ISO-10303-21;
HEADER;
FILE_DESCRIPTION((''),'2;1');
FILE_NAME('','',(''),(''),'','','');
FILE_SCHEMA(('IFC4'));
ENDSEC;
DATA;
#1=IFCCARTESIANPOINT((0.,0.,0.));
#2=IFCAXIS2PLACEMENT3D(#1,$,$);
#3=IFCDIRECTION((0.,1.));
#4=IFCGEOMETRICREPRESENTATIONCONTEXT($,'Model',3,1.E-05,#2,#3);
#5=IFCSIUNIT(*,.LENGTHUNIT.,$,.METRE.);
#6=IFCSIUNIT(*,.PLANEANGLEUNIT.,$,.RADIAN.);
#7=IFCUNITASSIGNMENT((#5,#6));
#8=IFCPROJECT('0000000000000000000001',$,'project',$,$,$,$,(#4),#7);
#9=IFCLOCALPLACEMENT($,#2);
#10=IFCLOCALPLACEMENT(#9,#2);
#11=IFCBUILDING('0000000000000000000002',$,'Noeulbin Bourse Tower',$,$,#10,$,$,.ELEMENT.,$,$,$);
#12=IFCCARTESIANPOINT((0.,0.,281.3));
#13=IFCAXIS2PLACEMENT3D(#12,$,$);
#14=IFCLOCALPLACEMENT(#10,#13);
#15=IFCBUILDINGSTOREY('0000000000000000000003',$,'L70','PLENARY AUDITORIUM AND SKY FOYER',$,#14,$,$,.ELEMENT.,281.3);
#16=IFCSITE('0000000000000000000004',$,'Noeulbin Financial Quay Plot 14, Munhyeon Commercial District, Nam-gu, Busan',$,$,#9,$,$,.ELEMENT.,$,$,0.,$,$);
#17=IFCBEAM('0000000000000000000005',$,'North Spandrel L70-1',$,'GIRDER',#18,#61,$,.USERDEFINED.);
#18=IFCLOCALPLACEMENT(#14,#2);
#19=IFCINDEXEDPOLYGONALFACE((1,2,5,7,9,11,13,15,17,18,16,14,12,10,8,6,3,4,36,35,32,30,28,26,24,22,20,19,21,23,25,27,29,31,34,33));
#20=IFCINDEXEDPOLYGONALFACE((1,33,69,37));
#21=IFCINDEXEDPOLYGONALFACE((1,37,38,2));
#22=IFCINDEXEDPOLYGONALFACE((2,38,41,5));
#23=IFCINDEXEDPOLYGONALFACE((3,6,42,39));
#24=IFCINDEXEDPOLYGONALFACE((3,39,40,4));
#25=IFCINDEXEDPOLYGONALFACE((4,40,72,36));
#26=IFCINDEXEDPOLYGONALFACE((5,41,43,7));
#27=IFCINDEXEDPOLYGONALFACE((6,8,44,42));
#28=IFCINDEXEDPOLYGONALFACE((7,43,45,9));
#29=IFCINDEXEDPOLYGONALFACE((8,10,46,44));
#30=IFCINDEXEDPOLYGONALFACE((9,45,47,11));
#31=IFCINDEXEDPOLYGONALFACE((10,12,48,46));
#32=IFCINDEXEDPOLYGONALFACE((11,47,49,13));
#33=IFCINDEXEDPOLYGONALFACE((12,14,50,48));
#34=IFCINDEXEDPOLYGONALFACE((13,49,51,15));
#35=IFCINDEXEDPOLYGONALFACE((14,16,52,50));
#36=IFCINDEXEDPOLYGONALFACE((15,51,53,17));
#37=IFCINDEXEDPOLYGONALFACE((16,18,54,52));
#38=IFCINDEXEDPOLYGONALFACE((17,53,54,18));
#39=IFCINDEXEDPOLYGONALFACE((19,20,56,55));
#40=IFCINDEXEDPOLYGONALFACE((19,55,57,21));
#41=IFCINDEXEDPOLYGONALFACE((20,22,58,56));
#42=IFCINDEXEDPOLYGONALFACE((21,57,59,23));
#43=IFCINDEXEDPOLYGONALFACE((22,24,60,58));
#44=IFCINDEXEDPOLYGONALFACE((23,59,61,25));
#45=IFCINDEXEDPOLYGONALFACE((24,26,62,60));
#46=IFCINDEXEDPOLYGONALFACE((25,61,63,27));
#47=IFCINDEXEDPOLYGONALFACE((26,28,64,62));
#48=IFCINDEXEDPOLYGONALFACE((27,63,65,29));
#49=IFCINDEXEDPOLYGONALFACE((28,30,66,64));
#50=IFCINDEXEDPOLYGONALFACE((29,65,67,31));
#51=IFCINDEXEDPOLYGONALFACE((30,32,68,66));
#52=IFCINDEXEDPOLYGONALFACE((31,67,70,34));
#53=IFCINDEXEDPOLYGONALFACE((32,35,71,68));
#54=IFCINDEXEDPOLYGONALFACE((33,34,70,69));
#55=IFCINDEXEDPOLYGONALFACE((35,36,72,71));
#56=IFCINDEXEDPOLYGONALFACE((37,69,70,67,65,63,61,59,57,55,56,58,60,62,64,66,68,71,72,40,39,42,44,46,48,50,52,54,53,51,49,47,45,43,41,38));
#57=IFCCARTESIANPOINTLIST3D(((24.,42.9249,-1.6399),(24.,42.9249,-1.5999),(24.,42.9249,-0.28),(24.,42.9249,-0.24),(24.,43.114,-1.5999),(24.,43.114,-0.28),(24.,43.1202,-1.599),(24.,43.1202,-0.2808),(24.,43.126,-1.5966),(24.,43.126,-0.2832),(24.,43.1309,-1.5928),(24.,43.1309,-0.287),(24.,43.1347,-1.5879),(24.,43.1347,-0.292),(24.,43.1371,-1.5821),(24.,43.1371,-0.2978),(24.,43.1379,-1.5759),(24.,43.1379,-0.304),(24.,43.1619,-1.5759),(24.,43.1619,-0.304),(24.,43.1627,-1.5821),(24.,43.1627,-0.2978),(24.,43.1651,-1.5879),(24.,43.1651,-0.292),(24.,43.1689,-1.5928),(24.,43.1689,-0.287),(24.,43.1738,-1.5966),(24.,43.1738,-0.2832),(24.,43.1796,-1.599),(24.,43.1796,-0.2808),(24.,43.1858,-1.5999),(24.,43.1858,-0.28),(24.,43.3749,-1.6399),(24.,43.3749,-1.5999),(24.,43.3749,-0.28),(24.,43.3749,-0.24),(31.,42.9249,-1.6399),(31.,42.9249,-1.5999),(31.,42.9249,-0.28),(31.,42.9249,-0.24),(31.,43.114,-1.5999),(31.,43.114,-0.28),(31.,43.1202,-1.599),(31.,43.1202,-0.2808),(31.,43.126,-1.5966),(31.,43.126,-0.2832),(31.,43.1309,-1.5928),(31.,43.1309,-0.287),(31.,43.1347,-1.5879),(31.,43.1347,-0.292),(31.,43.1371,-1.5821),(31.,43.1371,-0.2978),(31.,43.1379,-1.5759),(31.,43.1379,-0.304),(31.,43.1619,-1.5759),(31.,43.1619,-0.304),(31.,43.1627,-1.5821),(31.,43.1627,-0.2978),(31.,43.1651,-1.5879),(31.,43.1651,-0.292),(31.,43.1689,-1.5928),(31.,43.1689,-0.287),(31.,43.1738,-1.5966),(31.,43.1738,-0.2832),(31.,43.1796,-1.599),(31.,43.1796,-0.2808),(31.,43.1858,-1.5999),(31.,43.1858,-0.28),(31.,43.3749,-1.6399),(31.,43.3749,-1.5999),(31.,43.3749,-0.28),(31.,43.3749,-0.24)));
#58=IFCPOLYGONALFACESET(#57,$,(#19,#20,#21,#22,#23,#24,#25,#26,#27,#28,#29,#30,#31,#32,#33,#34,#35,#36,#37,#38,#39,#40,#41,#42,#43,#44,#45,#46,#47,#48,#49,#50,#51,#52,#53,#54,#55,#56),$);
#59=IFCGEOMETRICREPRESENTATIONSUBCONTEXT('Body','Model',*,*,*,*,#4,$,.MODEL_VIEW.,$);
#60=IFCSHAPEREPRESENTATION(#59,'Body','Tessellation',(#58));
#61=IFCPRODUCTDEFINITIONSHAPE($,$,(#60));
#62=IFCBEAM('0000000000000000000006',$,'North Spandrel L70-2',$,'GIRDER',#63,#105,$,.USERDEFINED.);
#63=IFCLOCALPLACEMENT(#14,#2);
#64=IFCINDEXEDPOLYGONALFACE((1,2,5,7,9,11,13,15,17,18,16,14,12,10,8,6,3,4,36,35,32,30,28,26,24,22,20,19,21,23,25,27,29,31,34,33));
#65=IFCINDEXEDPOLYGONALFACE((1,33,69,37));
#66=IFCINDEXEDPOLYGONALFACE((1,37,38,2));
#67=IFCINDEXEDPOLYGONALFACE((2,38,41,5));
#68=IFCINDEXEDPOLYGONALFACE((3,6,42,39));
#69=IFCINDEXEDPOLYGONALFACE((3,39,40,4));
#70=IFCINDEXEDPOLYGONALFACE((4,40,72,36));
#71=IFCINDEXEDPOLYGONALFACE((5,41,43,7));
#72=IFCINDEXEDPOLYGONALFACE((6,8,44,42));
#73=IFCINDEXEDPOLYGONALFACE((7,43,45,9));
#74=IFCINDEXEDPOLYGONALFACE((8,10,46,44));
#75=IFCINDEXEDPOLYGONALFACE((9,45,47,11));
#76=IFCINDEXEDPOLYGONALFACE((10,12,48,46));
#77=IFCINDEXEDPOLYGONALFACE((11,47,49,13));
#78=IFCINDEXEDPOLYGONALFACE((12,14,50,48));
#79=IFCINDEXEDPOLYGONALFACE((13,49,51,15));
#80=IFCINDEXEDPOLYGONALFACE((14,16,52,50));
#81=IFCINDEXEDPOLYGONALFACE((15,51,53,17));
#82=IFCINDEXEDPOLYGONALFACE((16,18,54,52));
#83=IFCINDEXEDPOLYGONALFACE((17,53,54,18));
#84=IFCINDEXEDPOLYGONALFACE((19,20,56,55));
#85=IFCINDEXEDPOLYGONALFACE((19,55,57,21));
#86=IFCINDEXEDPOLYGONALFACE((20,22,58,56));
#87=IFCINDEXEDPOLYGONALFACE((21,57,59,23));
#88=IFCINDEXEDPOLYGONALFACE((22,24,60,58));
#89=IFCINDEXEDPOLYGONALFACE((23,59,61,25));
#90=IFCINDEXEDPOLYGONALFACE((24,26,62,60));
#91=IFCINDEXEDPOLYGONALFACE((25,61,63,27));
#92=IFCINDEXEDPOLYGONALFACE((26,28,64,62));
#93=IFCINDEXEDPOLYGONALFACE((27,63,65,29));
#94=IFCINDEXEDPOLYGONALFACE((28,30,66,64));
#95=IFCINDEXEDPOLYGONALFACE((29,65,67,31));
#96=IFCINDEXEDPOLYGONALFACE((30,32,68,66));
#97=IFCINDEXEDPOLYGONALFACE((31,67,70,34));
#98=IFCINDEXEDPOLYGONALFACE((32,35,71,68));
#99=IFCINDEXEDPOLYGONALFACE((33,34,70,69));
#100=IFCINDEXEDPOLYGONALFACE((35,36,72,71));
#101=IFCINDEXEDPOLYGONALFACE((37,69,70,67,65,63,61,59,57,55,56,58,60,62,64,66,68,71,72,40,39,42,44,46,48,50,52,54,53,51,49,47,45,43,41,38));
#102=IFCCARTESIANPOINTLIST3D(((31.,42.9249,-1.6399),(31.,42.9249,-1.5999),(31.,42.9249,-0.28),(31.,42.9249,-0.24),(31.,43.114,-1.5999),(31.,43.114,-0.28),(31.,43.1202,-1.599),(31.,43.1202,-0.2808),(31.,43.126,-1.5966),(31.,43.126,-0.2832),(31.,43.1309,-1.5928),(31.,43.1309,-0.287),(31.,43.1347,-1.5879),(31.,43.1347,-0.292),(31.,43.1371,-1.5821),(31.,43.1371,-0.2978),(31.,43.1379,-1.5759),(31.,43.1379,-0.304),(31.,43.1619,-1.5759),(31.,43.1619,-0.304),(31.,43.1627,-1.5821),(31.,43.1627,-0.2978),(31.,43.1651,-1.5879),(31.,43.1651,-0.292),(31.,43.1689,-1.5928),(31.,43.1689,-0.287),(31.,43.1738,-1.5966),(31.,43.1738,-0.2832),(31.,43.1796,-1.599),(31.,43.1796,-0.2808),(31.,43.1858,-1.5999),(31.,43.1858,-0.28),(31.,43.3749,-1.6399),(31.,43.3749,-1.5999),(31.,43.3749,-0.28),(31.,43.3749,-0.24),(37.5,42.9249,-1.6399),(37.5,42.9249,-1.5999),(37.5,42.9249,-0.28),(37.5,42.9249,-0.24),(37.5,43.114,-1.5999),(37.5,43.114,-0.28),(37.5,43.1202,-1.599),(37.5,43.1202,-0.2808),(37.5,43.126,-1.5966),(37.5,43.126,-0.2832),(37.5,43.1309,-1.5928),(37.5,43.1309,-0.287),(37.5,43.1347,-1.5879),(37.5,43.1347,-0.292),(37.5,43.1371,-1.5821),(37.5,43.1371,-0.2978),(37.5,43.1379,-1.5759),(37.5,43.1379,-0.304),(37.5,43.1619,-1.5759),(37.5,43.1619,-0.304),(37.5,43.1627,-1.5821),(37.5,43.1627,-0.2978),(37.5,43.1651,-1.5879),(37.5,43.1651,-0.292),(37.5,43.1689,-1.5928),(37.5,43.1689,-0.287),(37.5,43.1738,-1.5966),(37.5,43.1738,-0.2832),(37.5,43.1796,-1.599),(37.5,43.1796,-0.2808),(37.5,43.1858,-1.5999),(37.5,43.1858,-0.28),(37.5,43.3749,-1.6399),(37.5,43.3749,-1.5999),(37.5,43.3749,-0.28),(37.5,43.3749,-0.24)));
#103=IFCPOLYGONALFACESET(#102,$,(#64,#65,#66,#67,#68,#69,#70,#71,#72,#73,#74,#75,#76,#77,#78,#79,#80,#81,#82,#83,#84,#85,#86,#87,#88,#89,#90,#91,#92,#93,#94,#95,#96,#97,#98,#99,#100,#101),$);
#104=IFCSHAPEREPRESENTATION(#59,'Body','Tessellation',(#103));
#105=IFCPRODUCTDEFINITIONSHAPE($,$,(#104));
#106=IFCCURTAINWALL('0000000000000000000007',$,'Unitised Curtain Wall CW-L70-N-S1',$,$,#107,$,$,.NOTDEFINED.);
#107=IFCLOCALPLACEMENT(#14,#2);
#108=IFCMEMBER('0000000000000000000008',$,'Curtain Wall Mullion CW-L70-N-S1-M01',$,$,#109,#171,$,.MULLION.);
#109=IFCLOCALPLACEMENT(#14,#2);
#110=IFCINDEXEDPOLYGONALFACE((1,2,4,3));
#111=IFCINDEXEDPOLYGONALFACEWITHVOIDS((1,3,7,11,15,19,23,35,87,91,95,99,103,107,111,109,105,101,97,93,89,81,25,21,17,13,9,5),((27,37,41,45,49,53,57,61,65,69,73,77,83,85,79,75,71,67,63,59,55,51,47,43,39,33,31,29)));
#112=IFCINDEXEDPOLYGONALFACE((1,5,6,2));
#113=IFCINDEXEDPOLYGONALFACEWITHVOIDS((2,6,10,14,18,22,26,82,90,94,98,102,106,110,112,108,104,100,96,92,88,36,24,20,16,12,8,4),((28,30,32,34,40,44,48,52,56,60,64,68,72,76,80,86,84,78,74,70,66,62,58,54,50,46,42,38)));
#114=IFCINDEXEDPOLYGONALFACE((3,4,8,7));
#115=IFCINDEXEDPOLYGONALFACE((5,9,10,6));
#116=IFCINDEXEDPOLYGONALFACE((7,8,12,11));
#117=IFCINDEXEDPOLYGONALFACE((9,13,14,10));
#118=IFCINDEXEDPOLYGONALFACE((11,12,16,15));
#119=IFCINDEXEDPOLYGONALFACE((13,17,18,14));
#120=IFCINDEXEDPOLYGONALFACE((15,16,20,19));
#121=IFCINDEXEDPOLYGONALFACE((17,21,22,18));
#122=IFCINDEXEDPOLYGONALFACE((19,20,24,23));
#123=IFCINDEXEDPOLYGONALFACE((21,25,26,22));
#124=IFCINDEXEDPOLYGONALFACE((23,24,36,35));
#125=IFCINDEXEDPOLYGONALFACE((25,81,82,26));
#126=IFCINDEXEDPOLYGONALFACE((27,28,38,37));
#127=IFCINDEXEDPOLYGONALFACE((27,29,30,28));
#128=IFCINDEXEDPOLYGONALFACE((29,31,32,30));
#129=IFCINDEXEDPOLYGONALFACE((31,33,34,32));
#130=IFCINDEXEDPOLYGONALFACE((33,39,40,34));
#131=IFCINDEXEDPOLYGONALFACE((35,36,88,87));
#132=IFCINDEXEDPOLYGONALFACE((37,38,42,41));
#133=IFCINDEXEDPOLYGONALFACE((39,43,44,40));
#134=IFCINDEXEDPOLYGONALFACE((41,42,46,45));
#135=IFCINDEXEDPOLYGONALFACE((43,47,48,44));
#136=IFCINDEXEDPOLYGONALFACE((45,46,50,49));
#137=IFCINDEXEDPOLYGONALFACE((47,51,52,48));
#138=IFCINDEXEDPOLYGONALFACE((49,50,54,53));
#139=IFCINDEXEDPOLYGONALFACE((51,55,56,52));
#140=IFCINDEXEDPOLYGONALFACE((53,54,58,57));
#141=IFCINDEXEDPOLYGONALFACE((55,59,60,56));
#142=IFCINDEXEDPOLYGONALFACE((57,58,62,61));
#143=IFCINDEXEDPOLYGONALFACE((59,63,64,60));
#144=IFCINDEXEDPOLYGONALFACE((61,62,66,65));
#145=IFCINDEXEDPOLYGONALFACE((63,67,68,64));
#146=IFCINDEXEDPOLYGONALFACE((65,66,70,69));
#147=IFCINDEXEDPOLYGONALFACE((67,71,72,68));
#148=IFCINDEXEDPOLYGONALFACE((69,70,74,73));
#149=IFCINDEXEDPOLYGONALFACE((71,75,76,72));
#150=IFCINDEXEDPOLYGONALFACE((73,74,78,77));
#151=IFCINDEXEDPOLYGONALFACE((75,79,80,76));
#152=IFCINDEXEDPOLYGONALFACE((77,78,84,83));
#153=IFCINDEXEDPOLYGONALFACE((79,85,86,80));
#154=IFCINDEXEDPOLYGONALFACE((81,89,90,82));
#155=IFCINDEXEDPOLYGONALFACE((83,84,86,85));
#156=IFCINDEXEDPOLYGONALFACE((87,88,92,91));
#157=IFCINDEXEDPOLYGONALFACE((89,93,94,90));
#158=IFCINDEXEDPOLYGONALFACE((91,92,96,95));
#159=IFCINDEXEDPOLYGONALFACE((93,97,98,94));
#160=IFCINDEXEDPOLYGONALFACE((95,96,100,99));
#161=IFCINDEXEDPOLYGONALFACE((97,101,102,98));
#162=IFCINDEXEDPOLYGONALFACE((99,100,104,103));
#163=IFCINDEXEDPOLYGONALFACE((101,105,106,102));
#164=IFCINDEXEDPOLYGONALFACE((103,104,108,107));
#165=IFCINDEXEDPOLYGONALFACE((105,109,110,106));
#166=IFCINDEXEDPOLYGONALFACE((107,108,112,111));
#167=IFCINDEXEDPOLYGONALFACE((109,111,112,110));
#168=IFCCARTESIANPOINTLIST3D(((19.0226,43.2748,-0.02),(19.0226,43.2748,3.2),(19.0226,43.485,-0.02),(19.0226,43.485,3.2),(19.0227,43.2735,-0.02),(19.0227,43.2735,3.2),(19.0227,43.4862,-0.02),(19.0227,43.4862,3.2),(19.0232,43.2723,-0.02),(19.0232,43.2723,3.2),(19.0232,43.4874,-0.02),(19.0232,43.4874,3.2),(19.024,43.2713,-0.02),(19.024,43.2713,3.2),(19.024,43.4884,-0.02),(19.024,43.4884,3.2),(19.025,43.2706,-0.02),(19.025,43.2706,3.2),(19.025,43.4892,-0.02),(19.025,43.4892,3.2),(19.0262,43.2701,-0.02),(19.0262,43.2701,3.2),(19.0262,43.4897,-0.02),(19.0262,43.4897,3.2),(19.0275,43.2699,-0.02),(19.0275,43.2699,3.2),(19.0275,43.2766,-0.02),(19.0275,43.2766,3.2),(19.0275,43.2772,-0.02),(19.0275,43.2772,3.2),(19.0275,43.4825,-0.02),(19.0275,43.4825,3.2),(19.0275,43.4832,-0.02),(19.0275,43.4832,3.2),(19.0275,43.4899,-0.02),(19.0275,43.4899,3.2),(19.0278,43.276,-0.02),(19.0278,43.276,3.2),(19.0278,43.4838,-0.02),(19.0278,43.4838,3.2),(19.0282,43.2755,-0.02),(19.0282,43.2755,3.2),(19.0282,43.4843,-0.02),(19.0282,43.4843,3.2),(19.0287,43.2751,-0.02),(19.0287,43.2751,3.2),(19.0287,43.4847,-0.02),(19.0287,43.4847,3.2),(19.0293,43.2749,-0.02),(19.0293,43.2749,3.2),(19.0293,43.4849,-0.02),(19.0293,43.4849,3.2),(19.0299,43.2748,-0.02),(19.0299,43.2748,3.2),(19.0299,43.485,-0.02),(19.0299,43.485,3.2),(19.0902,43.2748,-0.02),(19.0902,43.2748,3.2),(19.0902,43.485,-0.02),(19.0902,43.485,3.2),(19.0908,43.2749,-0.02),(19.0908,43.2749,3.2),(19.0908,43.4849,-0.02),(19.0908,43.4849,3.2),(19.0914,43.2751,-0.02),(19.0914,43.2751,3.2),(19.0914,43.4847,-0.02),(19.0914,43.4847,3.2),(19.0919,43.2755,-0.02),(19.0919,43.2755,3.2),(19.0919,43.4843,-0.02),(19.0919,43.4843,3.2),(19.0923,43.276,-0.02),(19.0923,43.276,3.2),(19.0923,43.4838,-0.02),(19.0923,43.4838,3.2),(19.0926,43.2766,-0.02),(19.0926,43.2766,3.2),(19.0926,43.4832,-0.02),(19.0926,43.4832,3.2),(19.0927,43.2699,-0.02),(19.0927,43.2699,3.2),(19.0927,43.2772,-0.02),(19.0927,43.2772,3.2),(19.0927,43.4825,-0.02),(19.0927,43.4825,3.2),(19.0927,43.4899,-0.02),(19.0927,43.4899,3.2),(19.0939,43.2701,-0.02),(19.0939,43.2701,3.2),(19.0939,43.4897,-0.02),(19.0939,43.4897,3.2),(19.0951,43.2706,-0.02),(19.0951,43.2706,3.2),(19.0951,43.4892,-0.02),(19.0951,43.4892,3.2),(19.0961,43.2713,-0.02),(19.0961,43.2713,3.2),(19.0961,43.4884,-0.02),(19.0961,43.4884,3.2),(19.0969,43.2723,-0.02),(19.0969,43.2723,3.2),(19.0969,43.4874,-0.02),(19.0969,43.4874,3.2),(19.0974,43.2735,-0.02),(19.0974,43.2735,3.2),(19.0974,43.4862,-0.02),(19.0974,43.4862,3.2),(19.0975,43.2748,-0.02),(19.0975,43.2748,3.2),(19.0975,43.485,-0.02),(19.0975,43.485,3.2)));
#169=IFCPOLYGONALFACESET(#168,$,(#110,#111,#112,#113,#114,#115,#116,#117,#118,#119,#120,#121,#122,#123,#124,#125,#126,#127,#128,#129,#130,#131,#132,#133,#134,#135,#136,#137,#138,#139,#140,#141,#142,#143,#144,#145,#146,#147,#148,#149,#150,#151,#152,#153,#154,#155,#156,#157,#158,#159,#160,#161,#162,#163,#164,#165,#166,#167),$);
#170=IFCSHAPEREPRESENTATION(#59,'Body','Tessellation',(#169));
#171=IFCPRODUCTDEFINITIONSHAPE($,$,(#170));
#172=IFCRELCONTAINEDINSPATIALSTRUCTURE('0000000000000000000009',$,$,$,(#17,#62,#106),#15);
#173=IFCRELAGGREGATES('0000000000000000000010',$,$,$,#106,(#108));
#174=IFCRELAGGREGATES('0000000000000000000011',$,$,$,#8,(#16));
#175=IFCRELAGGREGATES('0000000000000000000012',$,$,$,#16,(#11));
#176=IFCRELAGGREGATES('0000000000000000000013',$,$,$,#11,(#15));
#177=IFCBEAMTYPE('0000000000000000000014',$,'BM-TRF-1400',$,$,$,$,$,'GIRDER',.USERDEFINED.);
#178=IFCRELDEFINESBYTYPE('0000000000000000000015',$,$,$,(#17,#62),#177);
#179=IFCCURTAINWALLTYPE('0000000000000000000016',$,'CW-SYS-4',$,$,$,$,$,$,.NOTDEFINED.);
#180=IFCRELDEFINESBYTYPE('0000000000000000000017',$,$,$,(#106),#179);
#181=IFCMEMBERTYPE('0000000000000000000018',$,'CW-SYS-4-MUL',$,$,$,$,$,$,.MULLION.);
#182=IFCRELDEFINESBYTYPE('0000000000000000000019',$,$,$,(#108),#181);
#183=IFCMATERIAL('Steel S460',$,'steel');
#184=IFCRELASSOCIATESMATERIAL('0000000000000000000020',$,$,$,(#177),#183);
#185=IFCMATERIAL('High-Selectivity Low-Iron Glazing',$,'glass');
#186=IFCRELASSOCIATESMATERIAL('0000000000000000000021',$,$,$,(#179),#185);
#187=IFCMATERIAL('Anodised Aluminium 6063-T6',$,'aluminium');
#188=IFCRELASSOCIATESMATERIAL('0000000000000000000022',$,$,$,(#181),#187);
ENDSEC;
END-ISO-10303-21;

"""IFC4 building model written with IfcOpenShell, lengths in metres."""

from ifc_helpers import new_model, si_unit, direction, frame, origin, origin_2d, place, context, subcontext, project, spatial, hollow_rectangle, i_section, extrude, material, material_profile, profile_set, type_object, element, aggregate, save


model = new_model("IFC4")

# Units and contexts
model_context = context("Model", 3, precision=1e-05, world=origin(), true_north=direction((0.0, 1.0)))
body_context = subcontext(model_context, "Body", "Model", "MODEL_VIEW")
ifc_project = project(units=[si_unit("LENGTHUNIT", "METRE"), si_unit("PLANEANGLEUNIT", "RADIAN")], contexts=[model_context])

# Site, building, storey
site_placement = place(None, origin())
site = spatial("IfcSite", under=ifc_project, at=site_placement, Name="Noeulbin Financial Quay Plot 14, Munhyeon Commercial District, Nam-gu, Busan", CompositionType="ELEMENT", RefElevation=0.0)
building_placement = place(site_placement, origin())
building = spatial("IfcBuilding", under=site, at=building_placement, Name="Noeulbin Bourse Tower", CompositionType="ELEMENT")
storey_placement = place(building_placement, frame((0.0, 0.0, 281.3)))
storey = spatial("IfcBuildingStorey", under=building, at=storey_placement, Name="L70", Description="PLENARY AUDITORIUM AND SKY FOYER", CompositionType="ELEMENT", Elevation=281.3)

# Beams
ifc_material_1 = material(Name="Steel S460", Category="steel")
ifc_material_profile_1 = material_profile(ifc_material_1, i_section(OverallWidth=0.45, OverallDepth=1.3999, WebThickness=0.0239, FlangeThickness=0.04, FilletRadius=0.0239, at=origin_2d()), Name="PG-1400x450x24x40", Category="LoadBearing")
ifc_profile_set_1 = profile_set([ifc_material_profile_1], Name="Steel S460")
beam_type_1 = type_object("IfcBeamType", Name="BM-TRF-1400", ElementType="GIRDER", PredefinedType="USERDEFINED", material=ifc_profile_set_1)
beam_1_placement = place(storey_placement, frame((24.0, 43.1499, -0.9399), z_axis=(1.0, 0.0, 0.0), x_axis=(0.0, 1.0, 0.0)))
element("IfcBeam", 1, at=beam_1_placement, inside=storey, type_object=beam_type_1, Name="North Spandrel L70-1", ObjectType="GIRDER", PredefinedType="USERDEFINED", context=body_context, shape_type="SweptSolid", body=[
    extrude(i_section(OverallWidth=0.45, OverallDepth=1.3999, WebThickness=0.0239, FlangeThickness=0.04, FilletRadius=0.0239, at=origin_2d()), origin(), (0.0, 0.0, 1.0), 7.0),
])
beam_2_placement = place(storey_placement, frame((31.0, 43.1499, -0.9399), z_axis=(1.0, 0.0, 0.0), x_axis=(0.0, 1.0, 0.0)))
element("IfcBeam", 2, at=beam_2_placement, inside=storey, type_object=beam_type_1, Name="North Spandrel L70-2", ObjectType="GIRDER", PredefinedType="USERDEFINED", context=body_context, shape_type="SweptSolid", body=[
    extrude(i_section(OverallWidth=0.45, OverallDepth=1.3999, WebThickness=0.0239, FlangeThickness=0.04, FilletRadius=0.0239, at=origin_2d()), origin(), (0.0, 0.0, 1.0), 6.5),
])

# Curtain wall, member
ifc_material_2 = material(Name="High-Selectivity Low-Iron Glazing", Category="glass")
curtain_wall_type = type_object("IfcCurtainWallType", Name="CW-SYS-4", PredefinedType="NOTDEFINED", material=ifc_material_2)
curtain_wall_1_placement = place(storey_placement, origin())
curtain_wall_1 = element("IfcCurtainWall", 3, at=curtain_wall_1_placement, inside=storey, type_object=curtain_wall_type, Name="Unitised Curtain Wall CW-L70-N-S1", PredefinedType="NOTDEFINED")
ifc_material_3 = material(Name="Anodised Aluminium 6063-T6", Category="aluminium")
ifc_material_profile_2 = material_profile(ifc_material_3, hollow_rectangle(XDim=0.075, YDim=0.22, WallThickness=0.0049, InnerFilletRadius=0.0024, OuterFilletRadius=0.0049, at=origin_2d()), Name="ALU-MULL-75x220x5", Category="LoadBearing")
ifc_profile_set_2 = profile_set([ifc_material_profile_2], Name="Anodised Aluminium 6063-T6")
member_type_1 = type_object("IfcMemberType", Name="CW-SYS-4-MUL", PredefinedType="MULLION", material=ifc_profile_set_2)
member_1_placement = place(storey_placement, frame((19.0601, 43.3799, -0.02), z_axis=(0.0, 0.0, 1.0), x_axis=(1.0, 0.0, 0.0)))
member_1 = element("IfcMember", 4, at=member_1_placement, type_object=member_type_1, Name="Curtain Wall Mullion CW-L70-N-S1-M01", PredefinedType="MULLION", context=body_context, shape_type="SweptSolid", body=[
    extrude(hollow_rectangle(XDim=0.075, YDim=0.22, WallThickness=0.0049, InnerFilletRadius=0.0024, OuterFilletRadius=0.0049, at=origin_2d()), origin(), (0.0, 0.0, 1.0), 3.22),
])

aggregate(curtain_wall_1, [member_1])

save(model, "model.ifc")
